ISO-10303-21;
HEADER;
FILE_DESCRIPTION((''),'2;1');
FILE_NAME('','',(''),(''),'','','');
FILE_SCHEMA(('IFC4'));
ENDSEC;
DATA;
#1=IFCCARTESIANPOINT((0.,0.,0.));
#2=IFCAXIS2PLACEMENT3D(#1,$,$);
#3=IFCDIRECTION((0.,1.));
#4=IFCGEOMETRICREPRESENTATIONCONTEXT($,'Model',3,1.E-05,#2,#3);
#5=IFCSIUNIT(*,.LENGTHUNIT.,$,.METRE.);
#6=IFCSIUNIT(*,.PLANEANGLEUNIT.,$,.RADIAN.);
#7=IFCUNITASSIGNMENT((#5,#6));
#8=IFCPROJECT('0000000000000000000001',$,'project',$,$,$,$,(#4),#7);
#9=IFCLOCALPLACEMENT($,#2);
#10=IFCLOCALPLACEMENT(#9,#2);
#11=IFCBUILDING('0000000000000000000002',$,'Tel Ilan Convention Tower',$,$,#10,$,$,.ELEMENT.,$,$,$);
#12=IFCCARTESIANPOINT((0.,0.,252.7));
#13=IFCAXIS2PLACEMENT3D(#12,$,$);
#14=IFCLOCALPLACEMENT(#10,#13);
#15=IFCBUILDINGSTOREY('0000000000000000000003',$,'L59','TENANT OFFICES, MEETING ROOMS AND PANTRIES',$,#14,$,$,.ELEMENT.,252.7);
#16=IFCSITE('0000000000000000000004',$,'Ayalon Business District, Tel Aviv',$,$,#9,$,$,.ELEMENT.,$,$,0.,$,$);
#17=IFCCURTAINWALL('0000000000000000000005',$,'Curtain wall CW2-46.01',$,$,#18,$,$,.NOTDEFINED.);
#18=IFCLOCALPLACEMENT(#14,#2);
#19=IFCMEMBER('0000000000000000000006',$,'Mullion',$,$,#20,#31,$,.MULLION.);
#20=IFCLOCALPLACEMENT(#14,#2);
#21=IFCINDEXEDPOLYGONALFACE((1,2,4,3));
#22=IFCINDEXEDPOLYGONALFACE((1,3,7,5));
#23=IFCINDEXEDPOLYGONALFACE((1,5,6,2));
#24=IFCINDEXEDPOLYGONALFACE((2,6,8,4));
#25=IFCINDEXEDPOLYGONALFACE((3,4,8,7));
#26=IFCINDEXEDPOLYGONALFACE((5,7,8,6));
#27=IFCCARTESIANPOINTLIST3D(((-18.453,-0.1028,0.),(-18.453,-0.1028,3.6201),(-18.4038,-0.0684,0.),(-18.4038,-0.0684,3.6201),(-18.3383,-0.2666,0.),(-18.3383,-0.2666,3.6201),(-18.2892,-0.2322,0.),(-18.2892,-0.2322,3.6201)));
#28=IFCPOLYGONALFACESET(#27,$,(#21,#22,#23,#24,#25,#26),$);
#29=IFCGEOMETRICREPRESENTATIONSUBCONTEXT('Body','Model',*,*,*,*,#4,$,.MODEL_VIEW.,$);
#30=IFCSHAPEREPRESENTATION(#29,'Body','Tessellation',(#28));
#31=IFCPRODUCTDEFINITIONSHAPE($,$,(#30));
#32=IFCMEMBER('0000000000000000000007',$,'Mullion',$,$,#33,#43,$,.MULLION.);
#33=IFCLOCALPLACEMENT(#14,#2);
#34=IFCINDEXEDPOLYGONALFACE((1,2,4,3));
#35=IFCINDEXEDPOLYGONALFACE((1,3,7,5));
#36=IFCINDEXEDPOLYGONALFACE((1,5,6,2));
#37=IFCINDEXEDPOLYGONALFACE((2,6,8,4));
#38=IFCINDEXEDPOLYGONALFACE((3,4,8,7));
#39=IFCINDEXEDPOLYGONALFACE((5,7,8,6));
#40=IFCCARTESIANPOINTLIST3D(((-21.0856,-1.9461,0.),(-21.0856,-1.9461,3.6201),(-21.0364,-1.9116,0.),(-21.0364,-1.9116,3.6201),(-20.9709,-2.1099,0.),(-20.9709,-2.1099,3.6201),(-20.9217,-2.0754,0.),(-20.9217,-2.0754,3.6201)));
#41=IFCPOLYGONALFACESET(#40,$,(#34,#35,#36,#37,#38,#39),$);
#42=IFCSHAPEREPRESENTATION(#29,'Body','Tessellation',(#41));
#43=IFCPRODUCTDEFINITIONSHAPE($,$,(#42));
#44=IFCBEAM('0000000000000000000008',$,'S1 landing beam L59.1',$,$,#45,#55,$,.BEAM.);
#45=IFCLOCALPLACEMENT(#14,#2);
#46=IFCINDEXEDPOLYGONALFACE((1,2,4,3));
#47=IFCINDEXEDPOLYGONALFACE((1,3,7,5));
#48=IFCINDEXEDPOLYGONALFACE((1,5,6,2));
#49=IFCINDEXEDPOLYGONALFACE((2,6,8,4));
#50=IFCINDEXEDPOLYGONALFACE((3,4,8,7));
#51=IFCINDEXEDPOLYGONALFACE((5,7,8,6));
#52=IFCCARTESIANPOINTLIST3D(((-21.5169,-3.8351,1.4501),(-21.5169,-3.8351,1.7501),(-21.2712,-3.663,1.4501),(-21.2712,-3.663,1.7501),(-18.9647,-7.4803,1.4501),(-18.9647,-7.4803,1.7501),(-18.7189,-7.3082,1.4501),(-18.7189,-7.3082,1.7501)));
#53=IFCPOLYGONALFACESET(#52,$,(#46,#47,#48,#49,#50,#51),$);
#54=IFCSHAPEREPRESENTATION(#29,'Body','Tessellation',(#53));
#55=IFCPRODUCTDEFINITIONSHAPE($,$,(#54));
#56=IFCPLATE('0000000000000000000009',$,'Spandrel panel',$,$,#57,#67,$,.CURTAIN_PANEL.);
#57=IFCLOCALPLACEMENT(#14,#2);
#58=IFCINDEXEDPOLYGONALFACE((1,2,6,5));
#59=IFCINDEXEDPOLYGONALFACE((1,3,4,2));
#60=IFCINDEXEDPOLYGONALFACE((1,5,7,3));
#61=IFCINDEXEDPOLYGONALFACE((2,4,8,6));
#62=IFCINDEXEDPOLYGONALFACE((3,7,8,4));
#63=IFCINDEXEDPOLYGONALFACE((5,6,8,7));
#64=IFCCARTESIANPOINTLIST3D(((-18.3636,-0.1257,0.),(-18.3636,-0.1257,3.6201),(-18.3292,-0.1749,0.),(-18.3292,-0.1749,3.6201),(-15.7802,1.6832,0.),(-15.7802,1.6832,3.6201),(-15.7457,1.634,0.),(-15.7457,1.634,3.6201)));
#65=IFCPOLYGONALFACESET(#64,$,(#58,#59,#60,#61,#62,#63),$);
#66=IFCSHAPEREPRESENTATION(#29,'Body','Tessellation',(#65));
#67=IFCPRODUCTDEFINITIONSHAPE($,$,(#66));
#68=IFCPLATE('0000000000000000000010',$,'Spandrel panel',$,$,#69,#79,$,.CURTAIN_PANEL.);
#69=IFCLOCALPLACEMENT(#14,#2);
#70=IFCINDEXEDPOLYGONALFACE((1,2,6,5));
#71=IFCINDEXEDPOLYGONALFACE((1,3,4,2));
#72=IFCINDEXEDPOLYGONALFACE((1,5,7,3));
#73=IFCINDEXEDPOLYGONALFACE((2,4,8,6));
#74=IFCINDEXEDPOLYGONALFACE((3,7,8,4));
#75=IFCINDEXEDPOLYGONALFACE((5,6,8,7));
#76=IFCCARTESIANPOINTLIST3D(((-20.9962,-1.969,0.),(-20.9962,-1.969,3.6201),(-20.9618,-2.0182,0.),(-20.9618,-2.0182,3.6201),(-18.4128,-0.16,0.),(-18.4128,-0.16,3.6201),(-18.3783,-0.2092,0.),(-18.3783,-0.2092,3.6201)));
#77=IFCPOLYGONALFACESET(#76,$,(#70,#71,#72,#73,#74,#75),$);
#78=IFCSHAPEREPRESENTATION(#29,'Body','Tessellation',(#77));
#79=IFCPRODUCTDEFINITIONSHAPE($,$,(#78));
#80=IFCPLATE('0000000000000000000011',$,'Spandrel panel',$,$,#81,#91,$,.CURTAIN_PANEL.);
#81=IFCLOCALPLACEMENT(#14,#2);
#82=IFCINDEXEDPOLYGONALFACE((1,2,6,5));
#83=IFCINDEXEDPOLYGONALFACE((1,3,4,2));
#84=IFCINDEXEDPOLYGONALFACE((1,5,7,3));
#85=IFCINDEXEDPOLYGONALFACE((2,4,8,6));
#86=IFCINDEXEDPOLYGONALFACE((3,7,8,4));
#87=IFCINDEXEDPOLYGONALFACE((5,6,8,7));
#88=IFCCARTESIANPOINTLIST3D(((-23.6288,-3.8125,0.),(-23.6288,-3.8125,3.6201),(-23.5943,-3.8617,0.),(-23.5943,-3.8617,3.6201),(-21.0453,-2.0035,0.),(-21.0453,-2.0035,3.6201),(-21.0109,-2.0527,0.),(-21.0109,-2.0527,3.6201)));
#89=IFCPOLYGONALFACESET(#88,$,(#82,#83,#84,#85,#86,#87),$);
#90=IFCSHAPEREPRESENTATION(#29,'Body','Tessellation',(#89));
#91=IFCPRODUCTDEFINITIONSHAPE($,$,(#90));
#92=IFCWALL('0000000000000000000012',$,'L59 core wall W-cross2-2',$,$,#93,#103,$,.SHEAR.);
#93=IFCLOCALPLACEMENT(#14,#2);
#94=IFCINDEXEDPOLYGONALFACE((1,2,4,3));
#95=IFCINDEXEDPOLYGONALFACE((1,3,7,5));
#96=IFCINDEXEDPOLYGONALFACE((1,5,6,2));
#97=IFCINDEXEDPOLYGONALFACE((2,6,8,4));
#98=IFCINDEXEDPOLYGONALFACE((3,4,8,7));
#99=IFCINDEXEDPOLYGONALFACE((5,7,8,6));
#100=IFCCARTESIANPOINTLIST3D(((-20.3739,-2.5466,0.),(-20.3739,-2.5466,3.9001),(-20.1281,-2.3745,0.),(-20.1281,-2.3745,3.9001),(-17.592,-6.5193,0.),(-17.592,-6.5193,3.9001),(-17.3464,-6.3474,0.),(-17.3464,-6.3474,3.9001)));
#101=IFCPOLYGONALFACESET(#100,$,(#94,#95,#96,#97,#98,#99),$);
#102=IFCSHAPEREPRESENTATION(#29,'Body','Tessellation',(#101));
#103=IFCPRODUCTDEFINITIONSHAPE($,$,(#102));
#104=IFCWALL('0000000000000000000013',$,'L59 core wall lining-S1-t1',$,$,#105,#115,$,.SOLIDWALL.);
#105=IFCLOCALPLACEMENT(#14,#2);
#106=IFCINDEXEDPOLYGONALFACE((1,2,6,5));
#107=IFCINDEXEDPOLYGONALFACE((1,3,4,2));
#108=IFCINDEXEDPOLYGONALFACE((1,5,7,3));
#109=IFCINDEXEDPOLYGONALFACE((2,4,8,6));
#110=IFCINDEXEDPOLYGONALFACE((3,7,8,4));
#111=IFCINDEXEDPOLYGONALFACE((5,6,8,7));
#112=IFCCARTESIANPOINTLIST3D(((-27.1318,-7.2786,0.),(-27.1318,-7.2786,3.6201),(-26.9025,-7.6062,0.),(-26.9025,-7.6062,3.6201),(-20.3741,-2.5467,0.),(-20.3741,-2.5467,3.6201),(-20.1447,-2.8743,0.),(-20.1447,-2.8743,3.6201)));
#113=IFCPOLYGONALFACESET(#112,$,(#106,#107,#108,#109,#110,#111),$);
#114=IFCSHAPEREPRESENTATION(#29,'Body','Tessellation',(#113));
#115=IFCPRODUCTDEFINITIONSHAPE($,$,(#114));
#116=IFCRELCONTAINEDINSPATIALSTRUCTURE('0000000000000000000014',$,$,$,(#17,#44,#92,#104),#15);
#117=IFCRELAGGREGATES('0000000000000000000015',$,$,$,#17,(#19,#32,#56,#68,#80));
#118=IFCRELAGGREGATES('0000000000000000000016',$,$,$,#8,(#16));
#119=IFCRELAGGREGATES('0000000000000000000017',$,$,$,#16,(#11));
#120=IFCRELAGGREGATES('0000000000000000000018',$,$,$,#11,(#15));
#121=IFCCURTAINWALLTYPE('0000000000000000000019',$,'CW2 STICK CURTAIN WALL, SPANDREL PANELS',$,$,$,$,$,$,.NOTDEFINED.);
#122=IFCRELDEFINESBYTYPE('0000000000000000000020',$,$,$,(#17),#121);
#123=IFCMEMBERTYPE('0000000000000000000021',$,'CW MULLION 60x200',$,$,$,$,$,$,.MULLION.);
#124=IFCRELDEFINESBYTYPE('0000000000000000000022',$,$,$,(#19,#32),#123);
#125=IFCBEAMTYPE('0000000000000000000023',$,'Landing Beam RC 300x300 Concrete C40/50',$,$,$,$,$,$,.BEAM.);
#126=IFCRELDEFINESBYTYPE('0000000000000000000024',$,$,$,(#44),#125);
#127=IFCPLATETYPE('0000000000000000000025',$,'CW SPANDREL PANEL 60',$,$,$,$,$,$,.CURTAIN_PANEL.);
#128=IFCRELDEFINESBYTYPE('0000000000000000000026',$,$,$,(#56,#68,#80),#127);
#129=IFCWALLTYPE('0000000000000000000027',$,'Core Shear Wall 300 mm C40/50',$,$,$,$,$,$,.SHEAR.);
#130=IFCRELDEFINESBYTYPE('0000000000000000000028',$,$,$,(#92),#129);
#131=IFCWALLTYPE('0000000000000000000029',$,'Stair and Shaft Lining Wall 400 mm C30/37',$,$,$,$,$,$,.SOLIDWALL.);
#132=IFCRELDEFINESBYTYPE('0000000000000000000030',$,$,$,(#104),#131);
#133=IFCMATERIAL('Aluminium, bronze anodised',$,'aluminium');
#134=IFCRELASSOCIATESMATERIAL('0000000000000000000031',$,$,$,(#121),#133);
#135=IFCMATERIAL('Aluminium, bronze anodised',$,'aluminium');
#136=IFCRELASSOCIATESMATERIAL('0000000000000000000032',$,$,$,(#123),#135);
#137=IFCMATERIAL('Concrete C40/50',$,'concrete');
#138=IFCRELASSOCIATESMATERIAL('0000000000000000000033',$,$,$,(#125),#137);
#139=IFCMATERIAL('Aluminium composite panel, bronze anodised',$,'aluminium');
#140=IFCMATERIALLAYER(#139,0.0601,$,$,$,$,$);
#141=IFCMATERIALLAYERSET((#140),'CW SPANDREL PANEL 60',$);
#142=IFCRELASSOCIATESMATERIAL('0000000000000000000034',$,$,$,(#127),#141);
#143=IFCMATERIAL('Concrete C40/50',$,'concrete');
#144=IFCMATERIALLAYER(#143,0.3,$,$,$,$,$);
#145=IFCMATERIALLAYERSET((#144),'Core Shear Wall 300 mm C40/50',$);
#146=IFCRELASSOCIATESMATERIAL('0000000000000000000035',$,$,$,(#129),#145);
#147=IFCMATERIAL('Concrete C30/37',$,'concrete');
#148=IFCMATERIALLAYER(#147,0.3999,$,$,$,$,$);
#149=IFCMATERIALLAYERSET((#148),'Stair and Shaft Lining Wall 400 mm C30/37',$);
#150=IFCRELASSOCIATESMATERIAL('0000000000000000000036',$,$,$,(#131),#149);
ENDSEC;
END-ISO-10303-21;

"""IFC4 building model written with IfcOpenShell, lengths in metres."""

from ifc_helpers import new_model, si_unit, direction, frame, frame_2d, origin, origin_2d, place, context, subcontext, project, spatial, polyline, rectangle, outline, extrude, material, layer, layer_set, material_profile, profile_set, type_object, element, aggregate, save


model = new_model("IFC4")

# Units and contexts
model_context = context("Model", 3, precision=1e-05, world=origin(), true_north=direction((0.0, 1.0)))
body_context = subcontext(model_context, "Body", "Model", "MODEL_VIEW")
ifc_project = project(units=[si_unit("LENGTHUNIT", "METRE"), si_unit("PLANEANGLEUNIT", "RADIAN")], contexts=[model_context])

# Site, building, storey
site_placement = place(None, origin())
site = spatial("IfcSite", under=ifc_project, at=site_placement, Name="Ayalon Business District, Tel Aviv", CompositionType="ELEMENT", RefElevation=0.0)
building_placement = place(site_placement, origin())
building = spatial("IfcBuilding", under=site, at=building_placement, Name="Tel Ilan Convention Tower", CompositionType="ELEMENT")
storey_placement = place(building_placement, frame((0.0, 0.0, 252.7)))
storey = spatial("IfcBuildingStorey", under=building, at=storey_placement, Name="L59", Description="TENANT OFFICES, MEETING ROOMS AND PANTRIES", CompositionType="ELEMENT", Elevation=252.7)

# Curtain wall, members
ifc_material_1 = material(Name="Aluminium, bronze anodised", Category="aluminium")
curtain_wall_type = type_object("IfcCurtainWallType", Name="CW2 STICK CURTAIN WALL, SPANDREL PANELS", PredefinedType="NOTDEFINED", material=ifc_material_1)
curtain_wall_placement = place(storey_placement, origin())
curtain_wall = element("IfcCurtainWall", 1, at=curtain_wall_placement, inside=storey, type_object=curtain_wall_type, Name="Curtain wall CW2-46.01", PredefinedType="NOTDEFINED")
ifc_material_2 = material(Name="Aluminium, bronze anodised", Category="aluminium")
ifc_material_profile_1 = material_profile(ifc_material_2, rectangle(XDim=0.0601, YDim=0.2, at=origin_2d()), Name="CW MULLION 60x200")
ifc_profile_set_1 = profile_set([ifc_material_profile_1], Name="Aluminium, bronze anodised")
member_type = type_object("IfcMemberType", Name="CW MULLION 60x200", PredefinedType="MULLION", material=ifc_profile_set_1)
member_1_placement = place(storey_placement, frame((-18.3711, -0.1675, 0.0), z_axis=(0.0, 0.0, 1.0), x_axis=(-0.819152, -0.573576, 0.0)))
member_1 = element("IfcMember", 2, at=member_1_placement, type_object=member_type, Name="Mullion", PredefinedType="MULLION", context=body_context, shape_type="SweptSolid", body=[
    extrude(rectangle(XDim=0.0601, YDim=0.2, at=origin_2d()), origin(), (0.0, 0.0, 1.0), 3.6201),
])
member_2_placement = place(storey_placement, frame((-21.0037, -2.0107, 0.0), z_axis=(0.0, 0.0, 1.0), x_axis=(-0.819152, -0.573576, 0.0)))
member_2 = element("IfcMember", 3, at=member_2_placement, type_object=member_type, Name="Mullion", PredefinedType="MULLION", context=body_context, shape_type="SweptSolid", body=[
    extrude(rectangle(XDim=0.0601, YDim=0.2, at=origin_2d()), origin(), (0.0, 0.0, 1.0), 3.6201),
])

# Beam
ifc_material_3 = material(Name="Concrete C40/50", Category="concrete")
ifc_material_profile_2 = material_profile(ifc_material_3, rectangle(XDim=0.3, YDim=0.3, at=origin_2d()), Name="RC 300x300")
ifc_profile_set_2 = profile_set([ifc_material_profile_2], Name="Concrete C40/50")
beam_type = type_object("IfcBeamType", Name="Landing Beam RC 300x300 Concrete C40/50", PredefinedType="BEAM", material=ifc_profile_set_2)
beam_placement = place(storey_placement, frame((-18.8418, -7.3943, 1.6001), z_axis=(-0.573547, 0.819173, 0.0), x_axis=(-0.819173, -0.573547, 0.0)))
element("IfcBeam", 4, at=beam_placement, inside=storey, type_object=beam_type, Name="S1 landing beam L59.1", PredefinedType="BEAM", context=body_context, shape_type="SweptSolid", body=[
    extrude(rectangle(XDim=0.3, YDim=0.3, at=origin_2d()), origin(), (0.0, 0.0, 1.0), 4.45),
])

# Plates
ifc_material_4 = material(Name="Aluminium composite panel, bronze anodised", Category="aluminium")
ifc_layer_1 = layer(ifc_material_4, 0.0601)
ifc_layer_set_1 = layer_set([ifc_layer_1], Name="CW SPANDREL PANEL 60")
plate_type = type_object("IfcPlateType", Name="CW SPANDREL PANEL 60", PredefinedType="CURTAIN_PANEL", material=ifc_layer_set_1)
plate_1_placement = place(storey_placement, frame((-17.0547, 0.7542, 0.0), z_axis=(0.0, 0.0, 1.0), x_axis=(-0.819152, -0.573576, 0.0)))
plate_1 = element("IfcPlate", 5, at=plate_1_placement, type_object=plate_type, Name="Spandrel panel", PredefinedType="CURTAIN_PANEL", context=body_context, shape_type="SweptSolid", body=[
    extrude(rectangle(XDim=3.1538, YDim=0.0601, at=origin_2d()), origin(), (0.0, 0.0, 1.0), 3.6201),
])
plate_2_placement = place(storey_placement, frame((-19.6873, -1.0891, 0.0), z_axis=(0.0, 0.0, 1.0), x_axis=(-0.819152, -0.573576, 0.0)))
plate_2 = element("IfcPlate", 6, at=plate_2_placement, type_object=plate_type, Name="Spandrel panel", PredefinedType="CURTAIN_PANEL", context=body_context, shape_type="SweptSolid", body=[
    extrude(rectangle(XDim=3.1538, YDim=0.0601, at=origin_2d()), origin(), (0.0, 0.0, 1.0), 3.6201),
])
plate_3_placement = place(storey_placement, frame((-22.3198, -2.9326, 0.0), z_axis=(0.0, 0.0, 1.0), x_axis=(-0.819152, -0.573576, 0.0)))
plate_3 = element("IfcPlate", 7, at=plate_3_placement, type_object=plate_type, Name="Spandrel panel", PredefinedType="CURTAIN_PANEL", context=body_context, shape_type="SweptSolid", body=[
    extrude(rectangle(XDim=3.1538, YDim=0.0601, at=origin_2d()), origin(), (0.0, 0.0, 1.0), 3.6201),
])
aggregate(curtain_wall, [member_1, member_2, plate_1, plate_2, plate_3])

# Walls
ifc_material_5 = material(Name="Concrete C40/50", Category="concrete")
ifc_layer_2 = layer(ifc_material_5, 0.3)
ifc_layer_set_2 = layer_set([ifc_layer_2], Name="Core Shear Wall 300 mm C40/50")
wall_type_1 = type_object("IfcWallType", Name="Core Shear Wall 300 mm C40/50", PredefinedType="SHEAR", material=ifc_layer_set_2)
wall_1_placement = place(storey_placement, frame((-17.4692, -6.4333, 0.0), z_axis=(0.0, 0.0, 1.0), x_axis=(-0.573594, 0.81914, 0.0)))
element("IfcWall", 8, at=wall_1_placement, inside=storey, type_object=wall_type_1, Name="L59 core wall W-cross2-2", PredefinedType="SHEAR", context=body_context, shape_type="SweptSolid", body=[
    extrude(outline(polyline([(4.8499, -0.1501), (4.8499, 0.1499), (0.0, 0.1499), (0.0, -0.1499), (4.8499, -0.1501)])), origin(), (0.0, 0.0, 1.0), 3.9001),
])
ifc_material_6 = material(Name="Concrete C30/37", Category="concrete")
ifc_layer_3 = layer(ifc_material_6, 0.3999)
ifc_layer_set_3 = layer_set([ifc_layer_3], Name="Stair and Shaft Lining Wall 400 mm C30/37")
wall_type_2 = type_object("IfcWallType", Name="Stair and Shaft Lining Wall 400 mm C30/37", PredefinedType="SOLIDWALL", material=ifc_layer_set_3)
wall_2_placement = place(storey_placement, frame((-20.2593, -2.7104, 0.0), z_axis=(0.0, 0.0, 1.0), x_axis=(-0.819148, -0.573582, 0.0)))
element("IfcWall", 9, at=wall_2_placement, inside=storey, type_object=wall_type_2, Name="L59 core wall lining-S1-t1", PredefinedType="SOLIDWALL", context=body_context, shape_type="SweptSolid", body=[
    extrude(rectangle(XDim=8.2498, YDim=0.3999, at=frame_2d((4.125, 0.0))), origin(), (0.0, 0.0, 1.0), 3.6201),
])

save(model, "model.ifc")
